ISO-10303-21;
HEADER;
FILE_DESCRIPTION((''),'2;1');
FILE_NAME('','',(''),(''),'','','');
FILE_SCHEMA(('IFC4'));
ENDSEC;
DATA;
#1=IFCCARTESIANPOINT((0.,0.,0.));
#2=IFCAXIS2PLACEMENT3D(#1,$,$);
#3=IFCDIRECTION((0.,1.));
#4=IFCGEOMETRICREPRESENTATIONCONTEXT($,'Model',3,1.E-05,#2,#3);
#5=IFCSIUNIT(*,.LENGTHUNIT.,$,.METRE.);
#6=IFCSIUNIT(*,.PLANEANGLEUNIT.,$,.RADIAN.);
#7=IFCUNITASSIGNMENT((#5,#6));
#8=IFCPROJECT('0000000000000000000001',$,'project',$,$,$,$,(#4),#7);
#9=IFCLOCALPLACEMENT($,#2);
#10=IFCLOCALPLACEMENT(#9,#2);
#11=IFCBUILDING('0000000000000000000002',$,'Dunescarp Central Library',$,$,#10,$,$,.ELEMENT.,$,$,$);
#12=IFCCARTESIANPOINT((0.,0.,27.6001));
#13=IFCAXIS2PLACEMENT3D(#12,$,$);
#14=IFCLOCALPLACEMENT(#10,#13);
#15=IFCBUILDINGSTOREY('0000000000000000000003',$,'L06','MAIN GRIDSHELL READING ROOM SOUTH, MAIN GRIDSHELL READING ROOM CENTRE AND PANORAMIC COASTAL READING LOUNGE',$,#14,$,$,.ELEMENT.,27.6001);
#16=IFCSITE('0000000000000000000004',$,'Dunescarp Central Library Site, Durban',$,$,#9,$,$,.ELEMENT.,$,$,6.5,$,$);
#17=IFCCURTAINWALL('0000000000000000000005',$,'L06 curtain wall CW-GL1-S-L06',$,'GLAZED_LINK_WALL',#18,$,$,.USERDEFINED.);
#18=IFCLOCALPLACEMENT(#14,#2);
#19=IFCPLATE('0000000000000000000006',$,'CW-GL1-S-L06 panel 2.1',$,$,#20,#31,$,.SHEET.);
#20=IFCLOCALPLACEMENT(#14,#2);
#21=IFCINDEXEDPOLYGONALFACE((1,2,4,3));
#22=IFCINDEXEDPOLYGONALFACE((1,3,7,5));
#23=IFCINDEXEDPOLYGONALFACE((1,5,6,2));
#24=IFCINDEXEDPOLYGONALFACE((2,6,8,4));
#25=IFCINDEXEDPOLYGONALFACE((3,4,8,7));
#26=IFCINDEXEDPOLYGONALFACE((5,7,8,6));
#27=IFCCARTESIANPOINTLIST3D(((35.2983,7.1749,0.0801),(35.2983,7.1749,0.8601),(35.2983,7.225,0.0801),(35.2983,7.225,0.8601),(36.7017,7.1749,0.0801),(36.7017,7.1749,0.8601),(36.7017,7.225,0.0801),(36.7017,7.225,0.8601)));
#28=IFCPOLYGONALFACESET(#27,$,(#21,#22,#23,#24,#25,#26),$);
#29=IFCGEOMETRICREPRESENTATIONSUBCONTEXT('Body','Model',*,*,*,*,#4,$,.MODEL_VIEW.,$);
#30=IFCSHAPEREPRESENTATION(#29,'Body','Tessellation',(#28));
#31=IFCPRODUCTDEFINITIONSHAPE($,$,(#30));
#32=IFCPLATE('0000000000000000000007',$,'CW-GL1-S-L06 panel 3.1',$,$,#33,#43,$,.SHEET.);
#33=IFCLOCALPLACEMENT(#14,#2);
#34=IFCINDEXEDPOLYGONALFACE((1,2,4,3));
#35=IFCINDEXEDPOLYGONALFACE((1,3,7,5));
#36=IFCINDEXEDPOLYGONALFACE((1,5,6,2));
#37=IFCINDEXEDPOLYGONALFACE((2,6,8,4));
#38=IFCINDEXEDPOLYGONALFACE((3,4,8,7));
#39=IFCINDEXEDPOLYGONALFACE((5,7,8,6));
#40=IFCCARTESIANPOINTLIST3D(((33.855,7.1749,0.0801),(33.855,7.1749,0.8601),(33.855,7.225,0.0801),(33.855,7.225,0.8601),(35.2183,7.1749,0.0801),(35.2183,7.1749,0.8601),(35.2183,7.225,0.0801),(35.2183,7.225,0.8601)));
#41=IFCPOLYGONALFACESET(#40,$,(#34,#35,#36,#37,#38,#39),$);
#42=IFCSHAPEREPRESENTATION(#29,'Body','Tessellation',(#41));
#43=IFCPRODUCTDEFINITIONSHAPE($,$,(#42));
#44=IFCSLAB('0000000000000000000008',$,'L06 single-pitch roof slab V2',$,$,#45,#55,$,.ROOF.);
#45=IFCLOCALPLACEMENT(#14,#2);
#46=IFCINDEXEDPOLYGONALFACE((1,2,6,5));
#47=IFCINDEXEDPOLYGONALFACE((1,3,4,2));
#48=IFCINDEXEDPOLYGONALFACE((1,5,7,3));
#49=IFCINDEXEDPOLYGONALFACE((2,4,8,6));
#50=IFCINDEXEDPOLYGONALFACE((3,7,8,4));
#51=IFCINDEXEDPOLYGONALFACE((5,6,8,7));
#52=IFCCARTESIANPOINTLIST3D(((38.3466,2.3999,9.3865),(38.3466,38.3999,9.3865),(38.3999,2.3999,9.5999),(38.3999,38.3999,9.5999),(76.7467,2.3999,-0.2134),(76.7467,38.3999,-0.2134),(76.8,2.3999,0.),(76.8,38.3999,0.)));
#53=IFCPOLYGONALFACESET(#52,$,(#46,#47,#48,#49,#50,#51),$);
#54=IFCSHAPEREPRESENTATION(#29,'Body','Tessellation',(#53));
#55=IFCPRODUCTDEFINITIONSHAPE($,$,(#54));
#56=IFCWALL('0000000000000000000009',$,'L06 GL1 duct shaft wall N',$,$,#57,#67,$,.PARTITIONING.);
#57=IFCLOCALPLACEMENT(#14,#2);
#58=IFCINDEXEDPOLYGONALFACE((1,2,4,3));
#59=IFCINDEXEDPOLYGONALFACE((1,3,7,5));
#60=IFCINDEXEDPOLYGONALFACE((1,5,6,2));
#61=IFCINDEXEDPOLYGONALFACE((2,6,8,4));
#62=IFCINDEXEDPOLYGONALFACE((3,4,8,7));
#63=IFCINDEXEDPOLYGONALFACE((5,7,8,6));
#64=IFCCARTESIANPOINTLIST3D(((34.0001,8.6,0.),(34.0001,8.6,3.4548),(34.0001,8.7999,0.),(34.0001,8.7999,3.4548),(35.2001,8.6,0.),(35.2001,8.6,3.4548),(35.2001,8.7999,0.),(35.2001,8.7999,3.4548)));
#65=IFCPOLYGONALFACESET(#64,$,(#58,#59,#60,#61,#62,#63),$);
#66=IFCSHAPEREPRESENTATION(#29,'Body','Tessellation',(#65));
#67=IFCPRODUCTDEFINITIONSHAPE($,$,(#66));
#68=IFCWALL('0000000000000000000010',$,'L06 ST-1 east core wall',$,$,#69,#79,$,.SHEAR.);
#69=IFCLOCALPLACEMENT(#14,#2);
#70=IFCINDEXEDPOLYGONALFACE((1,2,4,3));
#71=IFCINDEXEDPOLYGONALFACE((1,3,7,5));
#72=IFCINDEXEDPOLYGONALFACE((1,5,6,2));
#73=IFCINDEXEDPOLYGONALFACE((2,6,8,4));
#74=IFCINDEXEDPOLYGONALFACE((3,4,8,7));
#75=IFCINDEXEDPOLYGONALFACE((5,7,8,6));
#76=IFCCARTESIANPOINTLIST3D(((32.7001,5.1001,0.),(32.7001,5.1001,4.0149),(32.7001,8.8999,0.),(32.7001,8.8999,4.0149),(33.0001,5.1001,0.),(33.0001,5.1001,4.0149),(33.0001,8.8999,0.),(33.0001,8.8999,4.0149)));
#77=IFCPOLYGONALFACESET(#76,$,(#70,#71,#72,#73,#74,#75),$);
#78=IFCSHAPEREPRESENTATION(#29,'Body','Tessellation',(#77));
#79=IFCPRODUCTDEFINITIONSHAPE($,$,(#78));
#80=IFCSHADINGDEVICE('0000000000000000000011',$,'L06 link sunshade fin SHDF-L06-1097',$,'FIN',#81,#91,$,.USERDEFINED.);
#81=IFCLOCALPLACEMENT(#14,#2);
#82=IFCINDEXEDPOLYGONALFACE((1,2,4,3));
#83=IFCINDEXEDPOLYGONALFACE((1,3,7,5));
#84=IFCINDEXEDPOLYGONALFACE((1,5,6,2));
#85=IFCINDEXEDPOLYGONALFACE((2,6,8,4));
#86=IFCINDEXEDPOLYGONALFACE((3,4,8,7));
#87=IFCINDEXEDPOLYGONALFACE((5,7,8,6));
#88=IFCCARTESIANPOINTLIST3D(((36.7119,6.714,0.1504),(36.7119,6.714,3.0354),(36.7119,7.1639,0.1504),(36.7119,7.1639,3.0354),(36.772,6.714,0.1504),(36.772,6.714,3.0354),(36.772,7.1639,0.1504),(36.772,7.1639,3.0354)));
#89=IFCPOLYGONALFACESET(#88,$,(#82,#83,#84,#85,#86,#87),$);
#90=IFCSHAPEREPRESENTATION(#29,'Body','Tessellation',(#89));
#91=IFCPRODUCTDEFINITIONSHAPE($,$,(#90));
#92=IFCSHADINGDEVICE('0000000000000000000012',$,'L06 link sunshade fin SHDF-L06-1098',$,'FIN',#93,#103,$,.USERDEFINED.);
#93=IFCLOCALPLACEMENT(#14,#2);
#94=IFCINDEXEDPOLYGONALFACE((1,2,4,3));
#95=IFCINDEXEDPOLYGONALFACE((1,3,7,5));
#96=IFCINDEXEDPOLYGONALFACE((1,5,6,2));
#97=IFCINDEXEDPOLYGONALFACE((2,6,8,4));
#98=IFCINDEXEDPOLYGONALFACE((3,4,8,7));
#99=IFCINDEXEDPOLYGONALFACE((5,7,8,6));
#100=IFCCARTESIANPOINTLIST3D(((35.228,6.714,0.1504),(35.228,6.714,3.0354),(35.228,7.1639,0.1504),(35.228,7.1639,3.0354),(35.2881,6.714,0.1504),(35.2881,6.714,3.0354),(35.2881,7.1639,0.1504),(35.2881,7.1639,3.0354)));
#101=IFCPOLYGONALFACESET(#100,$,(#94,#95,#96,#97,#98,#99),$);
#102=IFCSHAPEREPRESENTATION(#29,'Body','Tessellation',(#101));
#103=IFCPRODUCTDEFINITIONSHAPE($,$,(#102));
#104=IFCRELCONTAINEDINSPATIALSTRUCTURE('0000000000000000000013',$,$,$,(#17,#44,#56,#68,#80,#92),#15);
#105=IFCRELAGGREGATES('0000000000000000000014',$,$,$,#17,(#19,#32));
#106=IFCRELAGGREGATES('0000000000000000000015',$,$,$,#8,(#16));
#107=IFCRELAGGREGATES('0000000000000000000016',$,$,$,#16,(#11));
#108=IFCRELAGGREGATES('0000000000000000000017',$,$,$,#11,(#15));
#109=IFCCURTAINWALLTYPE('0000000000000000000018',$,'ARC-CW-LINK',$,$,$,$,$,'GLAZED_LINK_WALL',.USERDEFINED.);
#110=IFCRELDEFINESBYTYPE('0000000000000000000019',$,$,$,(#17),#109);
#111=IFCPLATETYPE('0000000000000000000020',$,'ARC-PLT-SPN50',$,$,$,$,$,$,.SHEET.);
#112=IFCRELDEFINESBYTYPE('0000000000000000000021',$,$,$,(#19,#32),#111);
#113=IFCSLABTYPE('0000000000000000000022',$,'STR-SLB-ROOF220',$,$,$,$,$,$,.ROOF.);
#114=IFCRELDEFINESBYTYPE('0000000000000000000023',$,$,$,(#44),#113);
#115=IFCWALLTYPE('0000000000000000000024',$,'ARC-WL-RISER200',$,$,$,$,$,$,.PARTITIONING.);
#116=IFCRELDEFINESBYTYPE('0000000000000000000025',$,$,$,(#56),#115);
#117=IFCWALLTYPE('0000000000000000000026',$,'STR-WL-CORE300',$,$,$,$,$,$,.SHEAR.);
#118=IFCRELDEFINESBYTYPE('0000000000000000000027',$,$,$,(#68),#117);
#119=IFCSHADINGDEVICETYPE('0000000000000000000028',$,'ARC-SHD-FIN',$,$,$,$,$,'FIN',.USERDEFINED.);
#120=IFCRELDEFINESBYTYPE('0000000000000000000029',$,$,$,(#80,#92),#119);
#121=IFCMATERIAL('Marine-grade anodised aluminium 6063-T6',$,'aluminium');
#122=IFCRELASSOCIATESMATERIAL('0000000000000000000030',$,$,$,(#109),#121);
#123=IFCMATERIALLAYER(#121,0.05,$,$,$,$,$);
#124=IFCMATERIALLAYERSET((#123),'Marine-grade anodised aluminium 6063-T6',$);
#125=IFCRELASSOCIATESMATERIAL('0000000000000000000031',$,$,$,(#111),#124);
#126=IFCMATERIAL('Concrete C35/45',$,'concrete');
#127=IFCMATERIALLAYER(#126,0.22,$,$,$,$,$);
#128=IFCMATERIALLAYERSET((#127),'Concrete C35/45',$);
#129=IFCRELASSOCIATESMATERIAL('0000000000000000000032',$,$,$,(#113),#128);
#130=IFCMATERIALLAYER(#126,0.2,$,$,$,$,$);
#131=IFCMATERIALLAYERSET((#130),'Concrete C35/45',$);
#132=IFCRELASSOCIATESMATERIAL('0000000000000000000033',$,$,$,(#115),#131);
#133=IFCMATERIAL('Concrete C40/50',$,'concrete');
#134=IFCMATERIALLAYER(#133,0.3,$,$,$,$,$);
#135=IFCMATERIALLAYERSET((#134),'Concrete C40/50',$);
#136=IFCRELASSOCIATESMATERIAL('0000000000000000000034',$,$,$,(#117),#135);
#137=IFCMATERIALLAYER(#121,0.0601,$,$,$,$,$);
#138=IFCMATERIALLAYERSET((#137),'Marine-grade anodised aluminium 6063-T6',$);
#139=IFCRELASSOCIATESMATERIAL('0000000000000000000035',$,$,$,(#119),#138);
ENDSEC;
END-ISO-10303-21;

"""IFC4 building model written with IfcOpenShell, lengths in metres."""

from ifc_helpers import new_model, si_unit, direction, frame, frame_2d, origin, origin_2d, place, context, subcontext, project, spatial, polyline, rectangle, outline, extrude, material, layer, layer_set, type_object, element, aggregate, save


model = new_model("IFC4")

# Units and contexts
model_context = context("Model", 3, precision=1e-05, world=origin(), true_north=direction((0.0, 1.0)))
body_context = subcontext(model_context, "Body", "Model", "MODEL_VIEW")
ifc_project = project(units=[si_unit("LENGTHUNIT", "METRE"), si_unit("PLANEANGLEUNIT", "RADIAN")], contexts=[model_context])

# Site, building, storey
site_placement = place(None, origin())
site = spatial("IfcSite", under=ifc_project, at=site_placement, Name="Dunescarp Central Library Site, Durban", CompositionType="ELEMENT", RefElevation=6.5)
building_placement = place(site_placement, origin())
building = spatial("IfcBuilding", under=site, at=building_placement, Name="Dunescarp Central Library", CompositionType="ELEMENT")
storey_placement = place(building_placement, frame((0.0, 0.0, 27.6001)))
storey = spatial("IfcBuildingStorey", under=building, at=storey_placement, Name="L06", Description="MAIN GRIDSHELL READING ROOM SOUTH, MAIN GRIDSHELL READING ROOM CENTRE AND PANORAMIC COASTAL READING LOUNGE", CompositionType="ELEMENT", Elevation=27.6001)

# Shared definitions
ifc_material_1 = material(Name="Marine-grade anodised aluminium 6063-T6", Category="aluminium")
curtain_wall_type = type_object("IfcCurtainWallType", Name="ARC-CW-LINK", ElementType="GLAZED_LINK_WALL", PredefinedType="USERDEFINED", material=ifc_material_1)

# Curtain wall, plates
curtain_wall_1_placement = place(storey_placement, origin())
curtain_wall_1 = element("IfcCurtainWall", 1, at=curtain_wall_1_placement, inside=storey, type_object=curtain_wall_type, Name="L06 curtain wall CW-GL1-S-L06", ObjectType="GLAZED_LINK_WALL", PredefinedType="USERDEFINED")
ifc_layer_1 = layer(ifc_material_1, 0.05)
ifc_layer_set_1 = layer_set([ifc_layer_1], Name="Marine-grade anodised aluminium 6063-T6")
plate_type_1 = type_object("IfcPlateType", Name="ARC-PLT-SPN50", PredefinedType="SHEET", material=ifc_layer_set_1)
plate_1_placement = place(storey_placement, frame((36.0, 7.2, 0.0801), z_axis=(0.0, 0.0, 1.0), x_axis=(-1.0, 0.0, 0.0)))
plate_1 = element("IfcPlate", 2, at=plate_1_placement, type_object=plate_type_1, Name="CW-GL1-S-L06 panel 2.1", PredefinedType="SHEET", context=body_context, shape_type="SweptSolid", body=[
    extrude(rectangle(XDim=1.4033, YDim=0.05, at=origin_2d()), origin(), (0.0, 0.0, 1.0), 0.78),
])
plate_2_placement = place(storey_placement, frame((34.5366, 7.2, 0.0801), z_axis=(0.0, 0.0, 1.0), x_axis=(-1.0, 0.0, 0.0)))
plate_2 = element("IfcPlate", 3, at=plate_2_placement, type_object=plate_type_1, Name="CW-GL1-S-L06 panel 3.1", PredefinedType="SHEET", context=body_context, shape_type="SweptSolid", body=[
    extrude(rectangle(XDim=1.3633, YDim=0.05, at=origin_2d()), origin(), (0.0, 0.0, 1.0), 0.78),
])
aggregate(curtain_wall_1, [plate_1, plate_2])

# Slab
ifc_material_2 = material(Name="Concrete C35/45", Category="concrete")
ifc_layer_2 = layer(ifc_material_2, 0.22)
ifc_layer_set_2 = layer_set([ifc_layer_2], Name="Concrete C35/45")
slab_type = type_object("IfcSlabType", Name="STR-SLB-ROOF220", PredefinedType="ROOF", material=ifc_layer_set_2)
slab_placement = place(storey_placement, frame((38.3999, 2.3999, 9.5999), z_axis=(0.242531, 0.0, 0.970144), x_axis=(0.970144, 0.0, -0.242531)))
element("IfcSlab", 4, at=slab_placement, inside=storey, type_object=slab_type, Name="L06 single-pitch roof slab V2", PredefinedType="ROOF", context=body_context, shape_type="SweptSolid", body=[
    extrude(outline(polyline([(0.0, 0.0), (39.5819, 0.0), (39.5819, 36.0), (0.0, 36.0), (0.0, 0.0)])), origin(), (0.0, 0.0, -1.0), 0.22),
])

# Walls
ifc_layer_3 = layer(ifc_material_2, 0.2)
ifc_layer_set_3 = layer_set([ifc_layer_3], Name="Concrete C35/45")
wall_type_1 = type_object("IfcWallType", Name="ARC-WL-RISER200", PredefinedType="PARTITIONING", material=ifc_layer_set_3)
wall_1_placement = place(storey_placement, frame((34.0, 8.7, 0.0), z_axis=(0.0, 0.0, 1.0), x_axis=(1.0, 0.0, 0.0)))
element("IfcWall", 5, at=wall_1_placement, inside=storey, type_object=wall_type_1, Name="L06 GL1 duct shaft wall N", PredefinedType="PARTITIONING", context=body_context, shape_type="SweptSolid", body=[
    extrude(rectangle(XDim=1.2, YDim=0.2, at=frame_2d((0.6001, 0.0))), origin(), (0.0, 0.0, 1.0), 3.4548),
])
ifc_material_3 = material(Name="Concrete C40/50", Category="concrete")
ifc_layer_4 = layer(ifc_material_3, 0.3)
ifc_layer_set_4 = layer_set([ifc_layer_4], Name="Concrete C40/50")
wall_type_2 = type_object("IfcWallType", Name="STR-WL-CORE300", PredefinedType="SHEAR", material=ifc_layer_set_4)
wall_2_placement = place(storey_placement, frame((32.8501, 8.8999, 0.0), z_axis=(0.0, 0.0, 1.0), x_axis=(0.0, -1.0, 0.0)))
element("IfcWall", 6, at=wall_2_placement, inside=storey, type_object=wall_type_2, Name="L06 ST-1 east core wall", PredefinedType="SHEAR", context=body_context, shape_type="SweptSolid", body=[
    extrude(rectangle(XDim=3.7998, YDim=0.3, at=frame_2d((1.8999, 0.0))), origin(), (0.0, 0.0, 1.0), 4.0149),
])

# Shading devices
ifc_layer_5 = layer(ifc_material_1, 0.0601)
ifc_layer_set_5 = layer_set([ifc_layer_5], Name="Marine-grade anodised aluminium 6063-T6")
shading_device_type = type_object("IfcShadingDeviceType", Name="ARC-SHD-FIN", ElementType="FIN", PredefinedType="USERDEFINED", material=ifc_layer_set_5)
for number, where, z_axis, x_axis, name in (
    (7, (36.7419, 6.939, 0.1504), (0.0, 0.0, 1.0), (0.0, -1.0, 0.0), "L06 link sunshade fin SHDF-L06-1097"),
    (8, (35.2581, 6.939, 0.1504), (0.0, 0.0, 1.0), (0.0, -1.0, 0.0), "L06 link sunshade fin SHDF-L06-1098"),
):
    element("IfcShadingDevice", number, at=place(storey_placement, frame(where, z_axis=z_axis, x_axis=x_axis)), inside=storey, type_object=shading_device_type, Name=name, ObjectType="FIN", PredefinedType="USERDEFINED", context=body_context, shape_type="SweptSolid", body=[
        extrude(rectangle(XDim=0.45, YDim=0.0601, at=origin_2d()), origin(), (0.0, 0.0, 1.0), 2.885),
    ])

save(model, "model.ifc")
